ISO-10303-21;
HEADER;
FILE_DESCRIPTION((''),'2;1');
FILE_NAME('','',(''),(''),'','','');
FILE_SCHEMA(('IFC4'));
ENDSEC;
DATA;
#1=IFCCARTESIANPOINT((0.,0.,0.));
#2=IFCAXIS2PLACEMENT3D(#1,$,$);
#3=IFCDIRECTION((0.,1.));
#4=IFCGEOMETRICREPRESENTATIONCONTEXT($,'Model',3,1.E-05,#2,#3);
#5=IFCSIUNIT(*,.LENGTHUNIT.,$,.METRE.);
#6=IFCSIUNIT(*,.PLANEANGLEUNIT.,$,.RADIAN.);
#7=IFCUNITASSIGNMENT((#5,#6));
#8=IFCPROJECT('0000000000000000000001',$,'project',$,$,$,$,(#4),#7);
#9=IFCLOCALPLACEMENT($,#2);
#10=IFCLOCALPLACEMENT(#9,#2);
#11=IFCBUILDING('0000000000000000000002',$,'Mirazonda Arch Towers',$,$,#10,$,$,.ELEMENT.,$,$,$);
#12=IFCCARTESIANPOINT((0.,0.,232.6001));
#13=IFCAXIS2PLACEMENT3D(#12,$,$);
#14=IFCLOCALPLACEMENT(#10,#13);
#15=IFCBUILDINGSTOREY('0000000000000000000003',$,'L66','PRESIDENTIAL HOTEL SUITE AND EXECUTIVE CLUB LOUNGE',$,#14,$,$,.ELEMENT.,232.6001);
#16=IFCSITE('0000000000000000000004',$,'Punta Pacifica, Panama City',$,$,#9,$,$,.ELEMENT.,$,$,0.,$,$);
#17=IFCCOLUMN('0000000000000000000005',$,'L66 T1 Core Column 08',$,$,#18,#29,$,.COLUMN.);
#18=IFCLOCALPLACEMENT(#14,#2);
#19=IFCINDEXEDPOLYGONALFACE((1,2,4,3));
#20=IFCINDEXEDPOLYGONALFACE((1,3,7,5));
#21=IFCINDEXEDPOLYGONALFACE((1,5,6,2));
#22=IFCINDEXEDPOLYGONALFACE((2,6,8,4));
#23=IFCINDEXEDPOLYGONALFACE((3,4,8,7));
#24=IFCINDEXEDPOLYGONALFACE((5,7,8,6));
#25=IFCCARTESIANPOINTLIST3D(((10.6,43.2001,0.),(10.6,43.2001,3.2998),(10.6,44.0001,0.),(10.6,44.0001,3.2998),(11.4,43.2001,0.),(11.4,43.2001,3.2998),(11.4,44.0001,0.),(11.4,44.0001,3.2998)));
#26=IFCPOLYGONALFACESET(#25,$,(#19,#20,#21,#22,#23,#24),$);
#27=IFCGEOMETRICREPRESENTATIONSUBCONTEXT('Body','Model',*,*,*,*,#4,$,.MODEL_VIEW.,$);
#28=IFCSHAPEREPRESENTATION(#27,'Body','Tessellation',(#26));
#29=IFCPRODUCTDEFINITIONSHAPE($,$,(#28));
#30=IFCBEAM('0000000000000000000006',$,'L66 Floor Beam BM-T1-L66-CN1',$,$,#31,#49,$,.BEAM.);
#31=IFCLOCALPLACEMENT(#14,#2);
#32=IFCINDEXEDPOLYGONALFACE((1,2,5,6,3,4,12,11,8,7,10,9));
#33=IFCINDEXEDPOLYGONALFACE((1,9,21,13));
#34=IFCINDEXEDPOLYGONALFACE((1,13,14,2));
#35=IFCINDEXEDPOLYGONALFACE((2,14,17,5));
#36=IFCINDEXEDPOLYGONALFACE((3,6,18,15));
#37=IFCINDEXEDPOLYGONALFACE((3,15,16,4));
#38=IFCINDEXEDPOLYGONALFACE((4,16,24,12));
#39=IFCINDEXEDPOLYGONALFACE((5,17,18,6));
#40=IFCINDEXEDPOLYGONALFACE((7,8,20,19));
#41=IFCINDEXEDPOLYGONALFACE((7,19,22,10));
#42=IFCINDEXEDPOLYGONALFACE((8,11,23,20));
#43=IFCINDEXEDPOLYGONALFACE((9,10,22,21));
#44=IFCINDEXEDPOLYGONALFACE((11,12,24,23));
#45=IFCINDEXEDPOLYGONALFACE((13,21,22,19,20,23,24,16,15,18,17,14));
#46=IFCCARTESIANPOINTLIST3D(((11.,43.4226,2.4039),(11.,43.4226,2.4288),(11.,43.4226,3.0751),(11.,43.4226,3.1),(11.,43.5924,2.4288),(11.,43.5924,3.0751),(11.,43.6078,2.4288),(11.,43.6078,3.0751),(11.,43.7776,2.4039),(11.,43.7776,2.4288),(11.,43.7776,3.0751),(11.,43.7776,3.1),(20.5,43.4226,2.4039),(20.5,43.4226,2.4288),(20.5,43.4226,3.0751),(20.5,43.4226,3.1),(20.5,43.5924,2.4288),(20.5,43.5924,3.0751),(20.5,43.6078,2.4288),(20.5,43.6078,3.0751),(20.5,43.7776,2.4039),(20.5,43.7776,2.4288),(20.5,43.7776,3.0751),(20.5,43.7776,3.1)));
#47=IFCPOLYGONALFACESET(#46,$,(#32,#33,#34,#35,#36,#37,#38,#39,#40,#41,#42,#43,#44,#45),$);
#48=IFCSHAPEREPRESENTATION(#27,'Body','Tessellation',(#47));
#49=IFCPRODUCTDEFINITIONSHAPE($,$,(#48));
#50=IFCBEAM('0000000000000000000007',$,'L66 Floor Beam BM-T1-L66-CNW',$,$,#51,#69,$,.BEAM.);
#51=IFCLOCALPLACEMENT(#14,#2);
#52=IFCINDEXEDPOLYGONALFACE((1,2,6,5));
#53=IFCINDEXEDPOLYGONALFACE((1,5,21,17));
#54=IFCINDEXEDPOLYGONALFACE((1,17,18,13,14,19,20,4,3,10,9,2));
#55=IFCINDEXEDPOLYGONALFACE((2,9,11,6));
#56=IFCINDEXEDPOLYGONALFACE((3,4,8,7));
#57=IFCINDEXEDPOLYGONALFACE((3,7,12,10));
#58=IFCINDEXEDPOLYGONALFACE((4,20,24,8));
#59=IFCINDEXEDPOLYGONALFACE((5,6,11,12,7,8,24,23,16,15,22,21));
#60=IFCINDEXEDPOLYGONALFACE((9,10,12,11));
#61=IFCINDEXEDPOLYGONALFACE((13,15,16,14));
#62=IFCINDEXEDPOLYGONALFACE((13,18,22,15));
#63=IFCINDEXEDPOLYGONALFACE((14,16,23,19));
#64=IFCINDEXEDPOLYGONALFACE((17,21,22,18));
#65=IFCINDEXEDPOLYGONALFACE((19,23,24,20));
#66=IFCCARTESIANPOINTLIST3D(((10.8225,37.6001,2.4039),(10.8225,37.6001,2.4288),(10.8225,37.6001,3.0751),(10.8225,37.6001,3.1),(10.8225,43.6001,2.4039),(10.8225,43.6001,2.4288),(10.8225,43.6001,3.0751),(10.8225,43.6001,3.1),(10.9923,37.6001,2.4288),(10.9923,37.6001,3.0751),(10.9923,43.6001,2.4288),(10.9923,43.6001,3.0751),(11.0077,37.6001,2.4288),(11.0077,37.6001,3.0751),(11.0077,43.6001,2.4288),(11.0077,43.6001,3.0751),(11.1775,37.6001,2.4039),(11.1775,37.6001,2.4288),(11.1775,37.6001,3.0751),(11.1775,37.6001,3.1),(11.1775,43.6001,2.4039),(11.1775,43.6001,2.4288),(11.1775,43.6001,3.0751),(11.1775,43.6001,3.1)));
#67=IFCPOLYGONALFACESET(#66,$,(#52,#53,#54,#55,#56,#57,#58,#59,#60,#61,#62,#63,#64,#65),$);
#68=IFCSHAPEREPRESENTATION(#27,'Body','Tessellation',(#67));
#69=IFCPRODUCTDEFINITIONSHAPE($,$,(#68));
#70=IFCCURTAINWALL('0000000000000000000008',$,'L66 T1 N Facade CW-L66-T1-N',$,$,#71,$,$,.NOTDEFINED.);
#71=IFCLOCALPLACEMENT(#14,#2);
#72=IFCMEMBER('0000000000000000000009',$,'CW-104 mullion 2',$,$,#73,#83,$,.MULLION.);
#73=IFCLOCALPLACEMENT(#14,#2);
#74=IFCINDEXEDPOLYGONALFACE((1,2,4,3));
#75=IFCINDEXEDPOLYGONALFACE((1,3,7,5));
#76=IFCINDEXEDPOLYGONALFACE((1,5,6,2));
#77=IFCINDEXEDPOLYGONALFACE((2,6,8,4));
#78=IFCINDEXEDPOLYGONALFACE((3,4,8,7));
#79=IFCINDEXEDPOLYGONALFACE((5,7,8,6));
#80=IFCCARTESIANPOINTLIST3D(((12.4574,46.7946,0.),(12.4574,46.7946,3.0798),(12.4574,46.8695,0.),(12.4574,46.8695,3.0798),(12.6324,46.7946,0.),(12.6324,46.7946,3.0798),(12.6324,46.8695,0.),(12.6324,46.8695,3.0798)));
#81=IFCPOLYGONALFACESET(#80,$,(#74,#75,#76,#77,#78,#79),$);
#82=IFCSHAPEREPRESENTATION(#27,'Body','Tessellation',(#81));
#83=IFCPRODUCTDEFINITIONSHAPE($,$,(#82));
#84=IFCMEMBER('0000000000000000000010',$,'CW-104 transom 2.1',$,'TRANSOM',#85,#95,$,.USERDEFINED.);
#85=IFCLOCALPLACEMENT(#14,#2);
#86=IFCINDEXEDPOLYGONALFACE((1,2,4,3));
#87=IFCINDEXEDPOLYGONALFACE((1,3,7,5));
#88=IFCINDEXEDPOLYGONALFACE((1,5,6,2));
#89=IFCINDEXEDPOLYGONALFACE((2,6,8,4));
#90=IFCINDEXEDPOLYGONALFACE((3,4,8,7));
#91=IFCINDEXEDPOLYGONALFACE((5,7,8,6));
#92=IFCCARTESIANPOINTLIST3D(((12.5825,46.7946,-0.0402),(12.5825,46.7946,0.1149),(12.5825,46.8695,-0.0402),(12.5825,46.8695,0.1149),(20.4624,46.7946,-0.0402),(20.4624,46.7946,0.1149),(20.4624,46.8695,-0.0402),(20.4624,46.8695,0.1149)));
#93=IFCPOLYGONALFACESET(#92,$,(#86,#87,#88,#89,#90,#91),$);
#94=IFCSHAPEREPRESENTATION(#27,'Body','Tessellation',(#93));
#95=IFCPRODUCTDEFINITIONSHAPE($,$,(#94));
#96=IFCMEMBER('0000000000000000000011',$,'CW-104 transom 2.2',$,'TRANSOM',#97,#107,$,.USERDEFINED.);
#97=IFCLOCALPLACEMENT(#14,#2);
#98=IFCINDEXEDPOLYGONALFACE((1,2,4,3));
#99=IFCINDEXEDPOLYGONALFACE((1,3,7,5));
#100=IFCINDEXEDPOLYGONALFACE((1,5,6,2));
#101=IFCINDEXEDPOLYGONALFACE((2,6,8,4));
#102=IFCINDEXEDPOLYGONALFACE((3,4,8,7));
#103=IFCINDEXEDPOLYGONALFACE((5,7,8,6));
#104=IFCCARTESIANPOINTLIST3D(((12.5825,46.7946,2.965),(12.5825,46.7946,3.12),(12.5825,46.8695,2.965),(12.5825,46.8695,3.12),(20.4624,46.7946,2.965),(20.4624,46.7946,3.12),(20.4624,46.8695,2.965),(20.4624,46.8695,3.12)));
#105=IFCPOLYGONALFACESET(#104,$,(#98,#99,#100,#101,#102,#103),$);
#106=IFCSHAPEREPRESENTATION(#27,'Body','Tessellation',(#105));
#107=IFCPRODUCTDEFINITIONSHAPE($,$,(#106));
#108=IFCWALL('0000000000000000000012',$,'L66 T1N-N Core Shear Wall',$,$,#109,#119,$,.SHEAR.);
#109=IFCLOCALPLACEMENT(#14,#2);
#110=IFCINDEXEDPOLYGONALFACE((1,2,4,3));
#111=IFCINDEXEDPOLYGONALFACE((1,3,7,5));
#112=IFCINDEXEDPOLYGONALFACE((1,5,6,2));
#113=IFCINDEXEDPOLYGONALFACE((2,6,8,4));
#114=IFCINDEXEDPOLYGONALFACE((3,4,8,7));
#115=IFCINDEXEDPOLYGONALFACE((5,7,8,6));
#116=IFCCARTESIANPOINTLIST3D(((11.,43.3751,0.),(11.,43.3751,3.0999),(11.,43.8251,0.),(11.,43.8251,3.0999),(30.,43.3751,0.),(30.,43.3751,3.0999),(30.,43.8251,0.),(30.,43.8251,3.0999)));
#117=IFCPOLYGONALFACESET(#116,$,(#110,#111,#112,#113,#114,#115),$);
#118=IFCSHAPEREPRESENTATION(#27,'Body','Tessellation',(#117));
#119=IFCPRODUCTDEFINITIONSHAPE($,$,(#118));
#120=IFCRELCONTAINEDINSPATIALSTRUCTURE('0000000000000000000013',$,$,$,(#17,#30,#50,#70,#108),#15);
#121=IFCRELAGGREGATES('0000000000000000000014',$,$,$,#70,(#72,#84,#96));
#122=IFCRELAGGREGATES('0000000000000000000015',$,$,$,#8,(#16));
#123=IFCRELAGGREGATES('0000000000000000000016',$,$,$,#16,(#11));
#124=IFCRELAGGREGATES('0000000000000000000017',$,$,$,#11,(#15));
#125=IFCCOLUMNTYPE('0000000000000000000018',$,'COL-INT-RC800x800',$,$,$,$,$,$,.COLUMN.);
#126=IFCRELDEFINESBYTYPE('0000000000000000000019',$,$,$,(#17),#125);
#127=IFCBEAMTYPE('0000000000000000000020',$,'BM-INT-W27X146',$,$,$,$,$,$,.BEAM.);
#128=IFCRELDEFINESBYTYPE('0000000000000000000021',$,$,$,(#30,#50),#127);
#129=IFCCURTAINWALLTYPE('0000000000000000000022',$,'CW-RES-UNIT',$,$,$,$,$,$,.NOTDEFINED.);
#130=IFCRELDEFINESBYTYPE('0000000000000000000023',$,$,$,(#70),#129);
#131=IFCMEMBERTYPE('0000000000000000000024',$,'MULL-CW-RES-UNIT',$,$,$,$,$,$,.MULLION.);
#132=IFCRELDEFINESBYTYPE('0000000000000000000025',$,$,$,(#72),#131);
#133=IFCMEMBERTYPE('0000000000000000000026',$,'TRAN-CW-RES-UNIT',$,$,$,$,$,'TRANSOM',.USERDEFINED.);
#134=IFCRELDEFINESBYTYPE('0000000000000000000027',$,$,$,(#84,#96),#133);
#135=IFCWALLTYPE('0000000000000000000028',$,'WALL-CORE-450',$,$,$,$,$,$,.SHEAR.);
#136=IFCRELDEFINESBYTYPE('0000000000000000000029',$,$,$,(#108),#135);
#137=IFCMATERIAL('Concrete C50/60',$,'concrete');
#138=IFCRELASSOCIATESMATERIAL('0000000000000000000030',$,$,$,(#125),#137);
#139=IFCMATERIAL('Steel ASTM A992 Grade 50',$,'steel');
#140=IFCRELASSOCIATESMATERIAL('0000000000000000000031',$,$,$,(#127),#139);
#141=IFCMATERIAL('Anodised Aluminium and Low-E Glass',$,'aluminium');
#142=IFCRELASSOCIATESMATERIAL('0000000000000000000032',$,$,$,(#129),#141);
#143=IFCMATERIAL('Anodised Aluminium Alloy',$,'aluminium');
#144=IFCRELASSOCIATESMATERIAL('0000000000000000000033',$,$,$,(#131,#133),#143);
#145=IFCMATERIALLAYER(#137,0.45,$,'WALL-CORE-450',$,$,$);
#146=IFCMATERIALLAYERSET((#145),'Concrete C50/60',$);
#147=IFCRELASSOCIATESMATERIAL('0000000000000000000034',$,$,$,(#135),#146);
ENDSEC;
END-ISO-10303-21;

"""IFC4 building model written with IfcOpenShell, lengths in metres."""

from ifc_helpers import new_model, si_unit, direction, frame, frame_2d, origin, origin_2d, place, context, subcontext, project, spatial, rectangle, i_section, extrude, material, layer, layer_set, material_profile, profile_set, type_object, element, aggregate, save


model = new_model("IFC4")

# Units and contexts
model_context = context("Model", 3, precision=1e-05, world=origin(), true_north=direction((0.0, 1.0)))
body_context = subcontext(model_context, "Body", "Model", "MODEL_VIEW")
ifc_project = project(units=[si_unit("LENGTHUNIT", "METRE"), si_unit("PLANEANGLEUNIT", "RADIAN")], contexts=[model_context])

# Site, building, storey
site_placement = place(None, origin())
site = spatial("IfcSite", under=ifc_project, at=site_placement, Name="Punta Pacifica, Panama City", CompositionType="ELEMENT", RefElevation=0.0)
building_placement = place(site_placement, origin())
building = spatial("IfcBuilding", under=site, at=building_placement, Name="Mirazonda Arch Towers", CompositionType="ELEMENT")
storey_placement = place(building_placement, frame((0.0, 0.0, 232.6001)))
storey = spatial("IfcBuildingStorey", under=building, at=storey_placement, Name="L66", Description="PRESIDENTIAL HOTEL SUITE AND EXECUTIVE CLUB LOUNGE", CompositionType="ELEMENT", Elevation=232.6001)

# Column
ifc_material_1 = material(Name="Concrete C50/60", Category="concrete")
ifc_material_profile_1 = material_profile(ifc_material_1, rectangle(XDim=0.8, YDim=0.8, at=origin_2d()), Name="RC800x800")
ifc_profile_set_1 = profile_set([ifc_material_profile_1], Name="Concrete C50/60")
column_type = type_object("IfcColumnType", Name="COL-INT-RC800x800", PredefinedType="COLUMN", material=ifc_profile_set_1)
column_placement = place(storey_placement, frame((11.0, 43.6001, 0.0), z_axis=(0.0, 0.0, 1.0), x_axis=(1.0, 0.0, 0.0)))
element("IfcColumn", 1, at=column_placement, inside=storey, type_object=column_type, Name="L66 T1 Core Column 08", PredefinedType="COLUMN", context=body_context, shape_type="SweptSolid", body=[
    extrude(rectangle(XDim=0.8, YDim=0.8, at=origin_2d()), origin(), (0.0, 0.0, 1.0), 3.2998),
])

# Beams
ifc_material_2 = material(Name="Steel ASTM A992 Grade 50", Category="steel")
ifc_material_profile_2 = material_profile(ifc_material_2, i_section(OverallWidth=0.355, OverallDepth=0.696, WebThickness=0.0154, FlangeThickness=0.0249, at=origin_2d()), Name="W27X146")
ifc_profile_set_2 = profile_set([ifc_material_profile_2], Name="Steel ASTM A992 Grade 50")
beam_type = type_object("IfcBeamType", Name="BM-INT-W27X146", PredefinedType="BEAM", material=ifc_profile_set_2)
beam_1_placement = place(storey_placement, frame((11.0, 43.6001, 2.752), z_axis=(1.0, 0.0, 0.0), x_axis=(0.0, 1.0, 0.0)))
element("IfcBeam", 2, at=beam_1_placement, inside=storey, type_object=beam_type, Name="L66 Floor Beam BM-T1-L66-CN1", PredefinedType="BEAM", context=body_context, shape_type="SweptSolid", body=[
    extrude(i_section(OverallWidth=0.355, OverallDepth=0.696, WebThickness=0.0154, FlangeThickness=0.0249, at=origin_2d()), origin(), (0.0, 0.0, 1.0), 9.5),
])
beam_2_placement = place(storey_placement, frame((11.0, 37.6001, 2.752), z_axis=(0.0, 1.0, 0.0), x_axis=(-1.0, 0.0, 0.0)))
element("IfcBeam", 3, at=beam_2_placement, inside=storey, type_object=beam_type, Name="L66 Floor Beam BM-T1-L66-CNW", PredefinedType="BEAM", context=body_context, shape_type="SweptSolid", body=[
    extrude(i_section(OverallWidth=0.355, OverallDepth=0.696, WebThickness=0.0154, FlangeThickness=0.0249, at=origin_2d()), origin(), (0.0, 0.0, 1.0), 6.0),
])

# Curtain wall, members
ifc_material_3 = material(Name="Anodised Aluminium and Low-E Glass", Category="aluminium")
curtain_wall_type = type_object("IfcCurtainWallType", Name="CW-RES-UNIT", PredefinedType="NOTDEFINED", material=ifc_material_3)
curtain_wall_placement = place(storey_placement, origin())
curtain_wall = element("IfcCurtainWall", 4, at=curtain_wall_placement, inside=storey, type_object=curtain_wall_type, Name="L66 T1 N Facade CW-L66-T1-N", PredefinedType="NOTDEFINED")
ifc_material_4 = material(Name="Anodised Aluminium Alloy", Category="aluminium")
ifc_material_profile_3 = material_profile(ifc_material_4, rectangle(XDim=0.075, YDim=0.175, at=origin_2d()), Name="ALU-MULL-75x175")
ifc_profile_set_3 = profile_set([ifc_material_profile_3], Name="Anodised Aluminium Alloy")
member_type_1 = type_object("IfcMemberType", Name="MULL-CW-RES-UNIT", PredefinedType="MULLION", material=ifc_profile_set_3)
member_1_placement = place(storey_placement, frame((12.5449, 46.832, 0.0), z_axis=(0.0, 0.0, 1.0), x_axis=(0.0, 1.0, 0.0)))
member_1 = element("IfcMember", 5, at=member_1_placement, type_object=member_type_1, Name="CW-104 mullion 2", PredefinedType="MULLION", context=body_context, shape_type="SweptSolid", body=[
    extrude(rectangle(XDim=0.075, YDim=0.175, at=origin_2d()), origin(), (0.0, 0.0, 1.0), 3.0798),
])
ifc_material_profile_4 = material_profile(ifc_material_4, rectangle(XDim=0.075, YDim=0.155, at=origin_2d()), Name="ALU-TRAN-75x155")
ifc_profile_set_4 = profile_set([ifc_material_profile_4], Name="Anodised Aluminium Alloy")
member_type_2 = type_object("IfcMemberType", Name="TRAN-CW-RES-UNIT", ElementType="TRANSOM", PredefinedType="USERDEFINED", material=ifc_profile_set_4)
member_2_placement = place(storey_placement, frame((12.5825, 46.832, 0.0374), z_axis=(1.0, 0.0, 0.0), x_axis=(0.0, 1.0, 0.0)))
member_2 = element("IfcMember", 6, at=member_2_placement, type_object=member_type_2, Name="CW-104 transom 2.1", ObjectType="TRANSOM", PredefinedType="USERDEFINED", context=body_context, shape_type="SweptSolid", body=[
    extrude(rectangle(XDim=0.075, YDim=0.155, at=origin_2d()), origin(), (0.0, 0.0, 1.0), 7.8799),
])
member_3_placement = place(storey_placement, frame((12.5825, 46.832, 3.0425), z_axis=(1.0, 0.0, 0.0), x_axis=(0.0, 1.0, 0.0)))
member_3 = element("IfcMember", 7, at=member_3_placement, type_object=member_type_2, Name="CW-104 transom 2.2", ObjectType="TRANSOM", PredefinedType="USERDEFINED", context=body_context, shape_type="SweptSolid", body=[
    extrude(rectangle(XDim=0.075, YDim=0.155, at=origin_2d()), origin(), (0.0, 0.0, 1.0), 7.8799),
])
aggregate(curtain_wall, [member_1, member_2, member_3])

# Wall
ifc_layer_1 = layer(ifc_material_1, 0.45, Name="WALL-CORE-450")
ifc_layer_set_1 = layer_set([ifc_layer_1], Name="Concrete C50/60")
wall_type_1 = type_object("IfcWallType", Name="WALL-CORE-450", PredefinedType="SHEAR", material=ifc_layer_set_1)
wall_1_placement = place(storey_placement, frame((11.0, 43.6001, 0.0), z_axis=(0.0, 0.0, 1.0), x_axis=(1.0, 0.0, 0.0)))
element("IfcWall", 8, at=wall_1_placement, inside=storey, type_object=wall_type_1, Name="L66 T1N-N Core Shear Wall", PredefinedType="SHEAR", context=body_context, shape_type="SweptSolid", body=[
    extrude(rectangle(XDim=19.0, YDim=0.45, at=frame_2d((9.5, 0.0))), origin(), (0.0, 0.0, 1.0), 3.0999),
])

save(model, "model.ifc")
